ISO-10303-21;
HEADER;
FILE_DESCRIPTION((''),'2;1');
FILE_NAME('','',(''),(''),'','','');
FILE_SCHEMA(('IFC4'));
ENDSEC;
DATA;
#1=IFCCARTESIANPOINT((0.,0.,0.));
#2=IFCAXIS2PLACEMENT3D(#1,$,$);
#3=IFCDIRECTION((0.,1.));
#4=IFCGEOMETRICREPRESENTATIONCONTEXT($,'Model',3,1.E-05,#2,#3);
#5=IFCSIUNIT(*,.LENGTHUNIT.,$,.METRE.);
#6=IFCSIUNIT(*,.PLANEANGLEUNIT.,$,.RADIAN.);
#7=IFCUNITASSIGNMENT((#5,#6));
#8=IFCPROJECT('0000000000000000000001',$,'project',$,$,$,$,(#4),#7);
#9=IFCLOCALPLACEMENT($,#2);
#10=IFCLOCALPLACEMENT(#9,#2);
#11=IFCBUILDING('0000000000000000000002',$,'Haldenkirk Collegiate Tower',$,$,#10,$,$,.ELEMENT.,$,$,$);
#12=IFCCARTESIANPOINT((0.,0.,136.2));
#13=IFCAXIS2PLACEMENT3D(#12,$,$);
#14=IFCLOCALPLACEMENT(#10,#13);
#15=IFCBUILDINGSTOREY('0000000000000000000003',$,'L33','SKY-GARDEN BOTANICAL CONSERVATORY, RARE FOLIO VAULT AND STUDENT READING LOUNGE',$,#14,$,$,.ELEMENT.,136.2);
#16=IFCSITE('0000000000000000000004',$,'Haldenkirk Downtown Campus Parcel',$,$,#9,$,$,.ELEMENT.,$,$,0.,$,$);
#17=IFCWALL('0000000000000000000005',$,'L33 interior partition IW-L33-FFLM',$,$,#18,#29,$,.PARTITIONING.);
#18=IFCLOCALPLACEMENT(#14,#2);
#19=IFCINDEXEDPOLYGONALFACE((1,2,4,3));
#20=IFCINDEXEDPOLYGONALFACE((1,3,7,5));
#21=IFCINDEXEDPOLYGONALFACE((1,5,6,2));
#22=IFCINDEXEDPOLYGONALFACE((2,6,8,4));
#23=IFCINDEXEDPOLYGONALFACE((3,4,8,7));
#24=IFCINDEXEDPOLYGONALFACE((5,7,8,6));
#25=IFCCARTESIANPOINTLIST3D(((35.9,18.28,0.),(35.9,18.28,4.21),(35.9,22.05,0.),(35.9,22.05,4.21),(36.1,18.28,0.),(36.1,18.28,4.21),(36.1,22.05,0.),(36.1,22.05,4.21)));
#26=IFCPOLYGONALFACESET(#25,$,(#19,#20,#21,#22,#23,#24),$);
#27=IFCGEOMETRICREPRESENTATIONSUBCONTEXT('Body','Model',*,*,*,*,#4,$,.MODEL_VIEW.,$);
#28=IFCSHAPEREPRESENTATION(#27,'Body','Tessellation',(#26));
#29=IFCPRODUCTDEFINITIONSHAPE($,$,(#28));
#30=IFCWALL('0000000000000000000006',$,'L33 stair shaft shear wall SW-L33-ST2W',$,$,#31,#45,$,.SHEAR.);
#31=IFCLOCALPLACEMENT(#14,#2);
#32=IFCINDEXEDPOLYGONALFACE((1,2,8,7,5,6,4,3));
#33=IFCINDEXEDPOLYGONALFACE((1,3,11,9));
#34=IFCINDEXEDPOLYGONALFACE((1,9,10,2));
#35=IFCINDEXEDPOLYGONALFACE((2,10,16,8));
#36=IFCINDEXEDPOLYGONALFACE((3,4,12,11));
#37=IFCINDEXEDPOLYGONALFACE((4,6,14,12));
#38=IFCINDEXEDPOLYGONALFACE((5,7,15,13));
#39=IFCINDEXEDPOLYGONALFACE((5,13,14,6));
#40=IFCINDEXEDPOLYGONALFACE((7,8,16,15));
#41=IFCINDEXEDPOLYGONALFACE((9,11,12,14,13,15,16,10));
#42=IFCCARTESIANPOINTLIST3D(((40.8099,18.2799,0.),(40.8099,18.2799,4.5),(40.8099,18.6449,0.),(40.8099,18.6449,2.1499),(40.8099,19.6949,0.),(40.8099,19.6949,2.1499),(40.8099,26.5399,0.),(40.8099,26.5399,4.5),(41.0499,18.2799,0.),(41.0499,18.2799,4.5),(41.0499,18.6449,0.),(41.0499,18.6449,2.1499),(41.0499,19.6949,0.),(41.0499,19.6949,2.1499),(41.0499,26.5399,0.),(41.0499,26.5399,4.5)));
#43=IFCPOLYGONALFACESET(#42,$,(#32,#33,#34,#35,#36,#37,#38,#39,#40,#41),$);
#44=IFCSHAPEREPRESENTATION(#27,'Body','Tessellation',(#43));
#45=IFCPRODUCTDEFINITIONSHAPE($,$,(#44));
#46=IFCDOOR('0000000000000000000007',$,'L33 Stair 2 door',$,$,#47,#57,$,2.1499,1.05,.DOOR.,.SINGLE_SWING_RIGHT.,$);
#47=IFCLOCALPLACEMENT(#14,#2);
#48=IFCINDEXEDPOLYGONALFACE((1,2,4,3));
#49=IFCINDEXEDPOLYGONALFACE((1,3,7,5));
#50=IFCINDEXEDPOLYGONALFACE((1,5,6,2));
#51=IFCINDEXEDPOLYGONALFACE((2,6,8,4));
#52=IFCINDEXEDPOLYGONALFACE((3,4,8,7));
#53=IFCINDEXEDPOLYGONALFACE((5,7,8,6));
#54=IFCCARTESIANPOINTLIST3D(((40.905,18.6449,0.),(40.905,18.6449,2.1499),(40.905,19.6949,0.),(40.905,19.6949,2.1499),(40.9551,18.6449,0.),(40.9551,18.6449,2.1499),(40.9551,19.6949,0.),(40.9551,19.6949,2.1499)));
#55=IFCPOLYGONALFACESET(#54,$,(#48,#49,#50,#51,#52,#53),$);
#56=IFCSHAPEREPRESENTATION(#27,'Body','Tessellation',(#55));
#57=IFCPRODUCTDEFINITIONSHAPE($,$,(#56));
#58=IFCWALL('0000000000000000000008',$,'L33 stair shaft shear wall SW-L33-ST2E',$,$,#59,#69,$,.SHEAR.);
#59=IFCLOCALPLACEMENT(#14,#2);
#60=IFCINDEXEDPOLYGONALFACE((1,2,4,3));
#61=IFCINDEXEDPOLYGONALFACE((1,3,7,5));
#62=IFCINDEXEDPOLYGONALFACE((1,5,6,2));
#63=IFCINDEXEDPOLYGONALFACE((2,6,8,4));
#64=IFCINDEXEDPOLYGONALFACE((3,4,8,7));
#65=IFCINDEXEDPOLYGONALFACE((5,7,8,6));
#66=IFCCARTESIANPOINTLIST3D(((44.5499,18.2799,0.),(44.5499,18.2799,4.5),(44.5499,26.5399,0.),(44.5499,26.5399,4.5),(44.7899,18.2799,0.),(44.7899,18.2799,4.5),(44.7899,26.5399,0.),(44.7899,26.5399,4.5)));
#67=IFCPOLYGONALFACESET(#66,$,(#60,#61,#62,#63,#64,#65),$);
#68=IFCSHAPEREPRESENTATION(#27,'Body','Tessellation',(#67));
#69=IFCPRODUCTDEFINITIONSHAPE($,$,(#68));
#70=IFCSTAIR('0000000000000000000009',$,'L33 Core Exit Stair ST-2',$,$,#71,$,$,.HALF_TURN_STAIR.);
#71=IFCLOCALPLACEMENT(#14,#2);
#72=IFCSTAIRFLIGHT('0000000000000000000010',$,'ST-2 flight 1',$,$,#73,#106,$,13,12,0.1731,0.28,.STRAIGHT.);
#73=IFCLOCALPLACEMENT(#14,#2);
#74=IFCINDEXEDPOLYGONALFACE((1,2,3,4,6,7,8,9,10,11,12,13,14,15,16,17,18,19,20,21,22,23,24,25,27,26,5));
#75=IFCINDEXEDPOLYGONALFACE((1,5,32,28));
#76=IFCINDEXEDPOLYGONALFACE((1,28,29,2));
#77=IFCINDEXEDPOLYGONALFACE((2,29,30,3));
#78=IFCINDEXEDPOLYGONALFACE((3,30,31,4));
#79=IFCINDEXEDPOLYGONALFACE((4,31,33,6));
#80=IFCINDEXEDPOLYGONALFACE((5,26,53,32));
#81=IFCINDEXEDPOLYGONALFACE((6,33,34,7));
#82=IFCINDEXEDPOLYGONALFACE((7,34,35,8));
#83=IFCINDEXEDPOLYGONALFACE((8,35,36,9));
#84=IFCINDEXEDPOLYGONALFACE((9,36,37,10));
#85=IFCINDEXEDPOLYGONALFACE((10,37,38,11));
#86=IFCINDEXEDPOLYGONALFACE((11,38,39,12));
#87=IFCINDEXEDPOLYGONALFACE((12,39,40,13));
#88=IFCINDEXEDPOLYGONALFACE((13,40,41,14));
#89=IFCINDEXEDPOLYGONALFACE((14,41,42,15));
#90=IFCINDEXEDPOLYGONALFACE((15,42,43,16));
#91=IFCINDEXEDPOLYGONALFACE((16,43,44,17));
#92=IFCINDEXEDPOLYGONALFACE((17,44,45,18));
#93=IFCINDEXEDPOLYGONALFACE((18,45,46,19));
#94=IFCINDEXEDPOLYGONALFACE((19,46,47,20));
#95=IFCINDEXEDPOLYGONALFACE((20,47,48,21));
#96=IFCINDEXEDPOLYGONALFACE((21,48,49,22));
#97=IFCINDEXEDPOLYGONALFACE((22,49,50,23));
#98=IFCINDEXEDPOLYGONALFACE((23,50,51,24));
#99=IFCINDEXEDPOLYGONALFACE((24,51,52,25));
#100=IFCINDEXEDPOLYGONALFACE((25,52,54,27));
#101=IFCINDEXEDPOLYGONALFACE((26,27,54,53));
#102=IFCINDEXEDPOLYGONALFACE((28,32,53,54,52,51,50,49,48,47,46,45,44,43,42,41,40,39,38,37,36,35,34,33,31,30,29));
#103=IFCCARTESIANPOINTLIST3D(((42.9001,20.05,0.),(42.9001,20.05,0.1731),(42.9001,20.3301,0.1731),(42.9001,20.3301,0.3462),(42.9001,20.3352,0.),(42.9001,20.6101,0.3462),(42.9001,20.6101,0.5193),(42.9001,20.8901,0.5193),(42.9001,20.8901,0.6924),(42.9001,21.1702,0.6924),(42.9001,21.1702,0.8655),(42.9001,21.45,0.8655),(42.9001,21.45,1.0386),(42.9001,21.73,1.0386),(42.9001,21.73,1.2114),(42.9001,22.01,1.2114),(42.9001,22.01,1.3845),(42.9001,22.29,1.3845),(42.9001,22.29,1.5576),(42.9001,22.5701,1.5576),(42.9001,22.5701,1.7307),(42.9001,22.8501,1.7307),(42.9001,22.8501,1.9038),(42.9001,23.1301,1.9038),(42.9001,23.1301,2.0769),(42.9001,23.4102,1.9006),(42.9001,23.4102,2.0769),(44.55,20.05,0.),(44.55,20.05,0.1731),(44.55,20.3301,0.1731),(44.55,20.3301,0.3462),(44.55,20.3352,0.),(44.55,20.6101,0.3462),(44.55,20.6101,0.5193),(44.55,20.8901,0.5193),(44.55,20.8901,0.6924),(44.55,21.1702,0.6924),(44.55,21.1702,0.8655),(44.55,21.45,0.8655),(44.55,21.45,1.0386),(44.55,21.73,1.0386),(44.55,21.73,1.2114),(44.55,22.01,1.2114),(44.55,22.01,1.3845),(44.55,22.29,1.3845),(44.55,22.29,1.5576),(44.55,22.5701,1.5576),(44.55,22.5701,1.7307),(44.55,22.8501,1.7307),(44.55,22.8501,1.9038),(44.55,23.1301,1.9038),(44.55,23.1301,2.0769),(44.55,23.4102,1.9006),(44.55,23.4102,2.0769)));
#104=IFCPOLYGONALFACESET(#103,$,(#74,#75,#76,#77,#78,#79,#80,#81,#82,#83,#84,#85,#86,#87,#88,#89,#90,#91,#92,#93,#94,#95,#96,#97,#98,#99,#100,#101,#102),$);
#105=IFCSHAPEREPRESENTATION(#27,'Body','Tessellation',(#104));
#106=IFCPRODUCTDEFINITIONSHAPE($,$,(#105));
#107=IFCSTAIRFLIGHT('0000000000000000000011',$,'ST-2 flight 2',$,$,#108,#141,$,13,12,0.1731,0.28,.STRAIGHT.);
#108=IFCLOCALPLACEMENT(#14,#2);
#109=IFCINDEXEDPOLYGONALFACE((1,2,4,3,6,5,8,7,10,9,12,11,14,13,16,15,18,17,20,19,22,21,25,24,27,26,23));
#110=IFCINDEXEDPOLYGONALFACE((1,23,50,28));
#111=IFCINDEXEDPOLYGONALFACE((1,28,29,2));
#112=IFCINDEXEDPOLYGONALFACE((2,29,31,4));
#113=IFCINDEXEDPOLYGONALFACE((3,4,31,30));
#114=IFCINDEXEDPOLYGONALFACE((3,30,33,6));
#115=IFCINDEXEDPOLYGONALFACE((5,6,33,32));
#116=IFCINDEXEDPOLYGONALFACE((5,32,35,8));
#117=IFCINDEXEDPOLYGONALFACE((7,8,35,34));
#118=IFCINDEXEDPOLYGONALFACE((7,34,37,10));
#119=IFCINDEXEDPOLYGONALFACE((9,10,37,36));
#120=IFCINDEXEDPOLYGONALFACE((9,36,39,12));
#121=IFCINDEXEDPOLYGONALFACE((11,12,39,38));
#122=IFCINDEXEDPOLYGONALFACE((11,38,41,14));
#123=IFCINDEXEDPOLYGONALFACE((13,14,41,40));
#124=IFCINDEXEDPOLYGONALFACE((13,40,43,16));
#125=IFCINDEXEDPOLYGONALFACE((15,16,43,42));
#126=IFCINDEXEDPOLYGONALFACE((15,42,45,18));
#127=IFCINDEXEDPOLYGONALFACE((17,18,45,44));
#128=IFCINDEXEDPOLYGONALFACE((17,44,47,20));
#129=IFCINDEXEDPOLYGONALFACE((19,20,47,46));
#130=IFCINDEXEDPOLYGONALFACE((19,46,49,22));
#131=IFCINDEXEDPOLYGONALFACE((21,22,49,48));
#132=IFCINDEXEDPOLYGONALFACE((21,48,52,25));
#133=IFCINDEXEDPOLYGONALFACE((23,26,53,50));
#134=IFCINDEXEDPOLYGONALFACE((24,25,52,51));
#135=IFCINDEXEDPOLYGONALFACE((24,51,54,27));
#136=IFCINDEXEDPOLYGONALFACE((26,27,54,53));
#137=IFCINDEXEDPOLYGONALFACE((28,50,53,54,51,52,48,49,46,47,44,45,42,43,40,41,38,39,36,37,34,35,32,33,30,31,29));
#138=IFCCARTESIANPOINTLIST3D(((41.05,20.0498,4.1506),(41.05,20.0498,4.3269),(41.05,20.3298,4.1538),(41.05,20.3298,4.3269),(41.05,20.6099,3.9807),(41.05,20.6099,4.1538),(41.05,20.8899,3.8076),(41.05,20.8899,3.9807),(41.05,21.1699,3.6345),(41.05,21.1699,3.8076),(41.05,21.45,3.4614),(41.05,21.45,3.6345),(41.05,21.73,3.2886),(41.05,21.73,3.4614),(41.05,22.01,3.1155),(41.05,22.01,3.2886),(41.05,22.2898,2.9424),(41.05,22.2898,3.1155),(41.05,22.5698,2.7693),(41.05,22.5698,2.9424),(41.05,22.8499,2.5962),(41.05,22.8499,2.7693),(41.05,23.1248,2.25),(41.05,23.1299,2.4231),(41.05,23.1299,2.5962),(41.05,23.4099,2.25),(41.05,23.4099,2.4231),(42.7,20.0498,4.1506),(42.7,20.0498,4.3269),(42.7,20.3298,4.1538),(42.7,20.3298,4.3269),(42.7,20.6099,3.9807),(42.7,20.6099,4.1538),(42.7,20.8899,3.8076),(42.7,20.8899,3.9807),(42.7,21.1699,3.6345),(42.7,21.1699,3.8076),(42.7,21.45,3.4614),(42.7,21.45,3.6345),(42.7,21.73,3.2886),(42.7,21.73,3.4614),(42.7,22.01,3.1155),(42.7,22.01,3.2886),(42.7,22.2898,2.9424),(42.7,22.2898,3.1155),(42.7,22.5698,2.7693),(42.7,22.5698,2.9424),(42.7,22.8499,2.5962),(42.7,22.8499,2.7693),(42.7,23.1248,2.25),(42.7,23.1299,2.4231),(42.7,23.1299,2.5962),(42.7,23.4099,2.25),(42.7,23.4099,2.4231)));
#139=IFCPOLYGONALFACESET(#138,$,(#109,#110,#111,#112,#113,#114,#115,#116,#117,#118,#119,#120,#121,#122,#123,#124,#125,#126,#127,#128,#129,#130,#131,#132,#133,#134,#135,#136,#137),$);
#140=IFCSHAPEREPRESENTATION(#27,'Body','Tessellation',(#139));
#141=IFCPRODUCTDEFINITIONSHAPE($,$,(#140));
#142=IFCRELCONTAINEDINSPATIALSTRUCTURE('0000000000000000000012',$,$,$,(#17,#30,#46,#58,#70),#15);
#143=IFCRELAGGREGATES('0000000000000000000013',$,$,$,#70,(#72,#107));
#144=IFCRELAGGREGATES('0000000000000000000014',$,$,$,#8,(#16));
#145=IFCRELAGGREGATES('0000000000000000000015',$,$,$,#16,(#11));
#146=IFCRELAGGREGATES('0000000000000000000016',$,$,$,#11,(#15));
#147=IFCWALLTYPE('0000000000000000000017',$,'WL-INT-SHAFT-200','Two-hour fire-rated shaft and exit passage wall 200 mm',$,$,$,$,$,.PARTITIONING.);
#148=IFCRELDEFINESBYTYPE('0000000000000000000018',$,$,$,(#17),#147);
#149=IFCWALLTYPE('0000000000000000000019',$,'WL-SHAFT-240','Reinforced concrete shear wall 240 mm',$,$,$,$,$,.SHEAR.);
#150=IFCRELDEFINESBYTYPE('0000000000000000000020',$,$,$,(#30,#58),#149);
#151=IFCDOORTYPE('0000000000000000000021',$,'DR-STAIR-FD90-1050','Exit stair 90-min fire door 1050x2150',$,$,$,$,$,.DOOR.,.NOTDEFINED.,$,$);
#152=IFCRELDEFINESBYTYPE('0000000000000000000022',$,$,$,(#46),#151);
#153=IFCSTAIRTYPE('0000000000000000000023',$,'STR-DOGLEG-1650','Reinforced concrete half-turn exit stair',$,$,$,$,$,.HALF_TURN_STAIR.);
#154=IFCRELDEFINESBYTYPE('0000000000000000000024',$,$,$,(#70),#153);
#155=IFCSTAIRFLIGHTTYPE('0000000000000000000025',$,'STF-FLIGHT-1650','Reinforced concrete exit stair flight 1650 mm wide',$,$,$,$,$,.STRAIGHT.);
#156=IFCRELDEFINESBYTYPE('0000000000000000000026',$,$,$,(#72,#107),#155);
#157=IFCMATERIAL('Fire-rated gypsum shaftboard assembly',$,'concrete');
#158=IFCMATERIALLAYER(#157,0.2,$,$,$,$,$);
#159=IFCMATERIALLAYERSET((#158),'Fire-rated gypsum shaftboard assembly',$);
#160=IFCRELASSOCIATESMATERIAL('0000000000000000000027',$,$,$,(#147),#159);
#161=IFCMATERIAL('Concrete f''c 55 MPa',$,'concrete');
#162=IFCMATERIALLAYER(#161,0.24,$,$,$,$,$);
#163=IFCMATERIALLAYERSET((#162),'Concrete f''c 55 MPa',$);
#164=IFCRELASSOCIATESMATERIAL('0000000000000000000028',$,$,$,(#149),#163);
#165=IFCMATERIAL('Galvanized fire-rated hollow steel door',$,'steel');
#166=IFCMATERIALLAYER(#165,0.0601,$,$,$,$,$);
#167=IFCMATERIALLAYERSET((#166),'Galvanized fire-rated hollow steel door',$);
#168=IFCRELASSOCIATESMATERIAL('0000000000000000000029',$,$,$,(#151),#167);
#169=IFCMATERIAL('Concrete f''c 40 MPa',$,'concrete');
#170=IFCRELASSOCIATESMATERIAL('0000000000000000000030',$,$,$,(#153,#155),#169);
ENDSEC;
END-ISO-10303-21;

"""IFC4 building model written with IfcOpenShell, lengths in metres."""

from ifc_helpers import new_model, si_unit, direction, frame, frame_2d, origin, place, context, subcontext, project, spatial, polyline, rectangle, outline, extrude, material, layer, layer_set, type_object, element, fill, aggregate, save


model = new_model("IFC4")

# Units and contexts
model_context = context("Model", 3, precision=1e-05, world=origin(), true_north=direction((0.0, 1.0)))
body_context = subcontext(model_context, "Body", "Model", "MODEL_VIEW")
ifc_project = project(units=[si_unit("LENGTHUNIT", "METRE"), si_unit("PLANEANGLEUNIT", "RADIAN")], contexts=[model_context])

# Site, building, storey
site_placement = place(None, origin())
site = spatial("IfcSite", under=ifc_project, at=site_placement, Name="Haldenkirk Downtown Campus Parcel", CompositionType="ELEMENT", RefElevation=0.0)
building_placement = place(site_placement, origin())
building = spatial("IfcBuilding", under=site, at=building_placement, Name="Haldenkirk Collegiate Tower", CompositionType="ELEMENT")
storey_placement = place(building_placement, frame((0.0, 0.0, 136.2)))
storey = spatial("IfcBuildingStorey", under=building, at=storey_placement, Name="L33", Description="SKY-GARDEN BOTANICAL CONSERVATORY, RARE FOLIO VAULT AND STUDENT READING LOUNGE", CompositionType="ELEMENT", Elevation=136.2)

# Shared definitions
ifc_material_1 = material(Name="Concrete f'c 55 MPa", Category="concrete")
ifc_material_2 = material(Name="Galvanized fire-rated hollow steel door", Category="steel")

# Wall
ifc_material_3 = material(Name="Fire-rated gypsum shaftboard assembly", Category="concrete")
ifc_layer_1 = layer(ifc_material_3, 0.2)
ifc_layer_set_1 = layer_set([ifc_layer_1], Name="Fire-rated gypsum shaftboard assembly")
wall_type_1 = type_object("IfcWallType", Name="WL-INT-SHAFT-200", Description="Two-hour fire-rated shaft and exit passage wall 200 mm", PredefinedType="PARTITIONING", material=ifc_layer_set_1)
wall_1_placement = place(storey_placement, frame((36.0, 18.28, 0.0), z_axis=(0.0, 0.0, 1.0), x_axis=(0.0, 1.0, 0.0)))
element("IfcWall", 1, at=wall_1_placement, inside=storey, type_object=wall_type_1, Name="L33 interior partition IW-L33-FFLM", PredefinedType="PARTITIONING", context=body_context, shape_type="SweptSolid", body=[
    extrude(rectangle(XDim=3.77, YDim=0.2, at=frame_2d((1.885, 0.0))), origin(), (0.0, 0.0, 1.0), 4.21),
])

# Wall, opening, door
ifc_layer_2 = layer(ifc_material_1, 0.24)
ifc_layer_set_2 = layer_set([ifc_layer_2], Name="Concrete f'c 55 MPa")
wall_type_2 = type_object("IfcWallType", Name="WL-SHAFT-240", Description="Reinforced concrete shear wall 240 mm", PredefinedType="SHEAR", material=ifc_layer_set_2)
wall_2_placement = place(storey_placement, frame((40.9299, 18.28, 0.0), z_axis=(0.0, 0.0, 1.0), x_axis=(0.0, 1.0, 0.0)))
wall_2 = element("IfcWall", 2, at=wall_2_placement, inside=storey, type_object=wall_type_2, Name="L33 stair shaft shear wall SW-L33-ST2W", PredefinedType="SHEAR", context=body_context, shape_type="SweptSolid", body=[
    extrude(rectangle(XDim=8.26, YDim=0.24, at=frame_2d((4.1299, 0.0))), origin(), (0.0, 0.0, 1.0), 4.5),
])
opening_1_placement = place(wall_2_placement, frame((0.365, 0.0, 0.0)))
opening_1 = element("IfcOpeningElement", 3, at=opening_1_placement, cuts=wall_2, PredefinedType="OPENING", context=body_context, shape_type="SweptSolid", body=[
    extrude(rectangle(XDim=1.05, YDim=2.1499, at=frame_2d((0.5249, 1.075))), frame((0.0, 0.1299, 0.0), z_axis=(0.0, -1.0, 0.0), x_axis=(1.0, 0.0, 0.0)), (0.0, 0.0, 1.0), 0.26),
])
ifc_layer_3 = layer(ifc_material_2, 0.0601)
ifc_layer_set_3 = layer_set([ifc_layer_3], Name="Galvanized fire-rated hollow steel door")
door_type_1 = type_object("IfcDoorType", Name="DR-STAIR-FD90-1050", Description="Exit stair 90-min fire door 1050x2150", OperationType="NOTDEFINED", PredefinedType="DOOR", material=ifc_layer_set_3)
door_1_placement = place(opening_1_placement, origin())
door_1 = element("IfcDoor", 4, at=door_1_placement, inside=storey, type_object=door_type_1, Name="L33 Stair 2 door", OperationType="SINGLE_SWING_RIGHT", OverallHeight=2.1499, OverallWidth=1.05, PredefinedType="DOOR", context=body_context, shape_type="SweptSolid", body=[
    extrude(rectangle(XDim=1.05, YDim=2.1499, at=frame_2d((0.5249, 1.075))), frame((0.0, 0.0249, 0.0), z_axis=(0.0, -1.0, 0.0), x_axis=(1.0, 0.0, 0.0)), (0.0, 0.0, 1.0), 0.05),
])
fill(opening_1, door_1)

# Wall
wall_3_placement = place(storey_placement, frame((44.6699, 18.28, 0.0), z_axis=(0.0, 0.0, 1.0), x_axis=(0.0, 1.0, 0.0)))
element("IfcWall", 5, at=wall_3_placement, inside=storey, type_object=wall_type_2, Name="L33 stair shaft shear wall SW-L33-ST2E", PredefinedType="SHEAR", context=body_context, shape_type="SweptSolid", body=[
    extrude(rectangle(XDim=8.26, YDim=0.24, at=frame_2d((4.1299, 0.0))), origin(), (0.0, 0.0, 1.0), 4.5),
])

# Stair, stair flights
ifc_material_4 = material(Name="Concrete f'c 40 MPa", Category="concrete")
stair_type = type_object("IfcStairType", Name="STR-DOGLEG-1650", Description="Reinforced concrete half-turn exit stair", PredefinedType="HALF_TURN_STAIR", material=ifc_material_4)
stair_placement = place(storey_placement, origin())
stair = element("IfcStair", 6, at=stair_placement, inside=storey, type_object=stair_type, Name="L33 Core Exit Stair ST-2", PredefinedType="HALF_TURN_STAIR")
stair_flight_type = type_object("IfcStairFlightType", Name="STF-FLIGHT-1650", Description="Reinforced concrete exit stair flight 1650 mm wide", PredefinedType="STRAIGHT", material=ifc_material_4)
stair_flight_1_placement = place(storey_placement, frame((43.7251, 20.05, 0.0), z_axis=(0.0, 0.0, 1.0), x_axis=(0.0, 1.0, 0.0)))
stair_flight_1 = element("IfcStairFlight", 7, at=stair_flight_1_placement, type_object=stair_flight_type, Name="ST-2 flight 1", NumberOfRisers=13, NumberOfTreads=12, PredefinedType="STRAIGHT", RiserHeight=0.1731, TreadLength=0.28, context=body_context, shape_type="SweptSolid", body=[
    extrude(outline(polyline([(0.0, 0.0), (0.0, 0.1731), (0.28, 0.1731), (0.28, 0.3462), (0.5601, 0.3462), (0.5601, 0.5193), (0.8401, 0.5193), (0.8401, 0.6924), (1.1201, 0.6924), (1.1201, 0.8655), (1.3999, 0.8655), (1.3999, 1.0386), (1.6799, 1.0386), (1.6799, 1.2114), (1.96, 1.2114), (1.96, 1.3845), (2.24, 1.3845), (2.24, 1.5576), (2.52, 1.5576), (2.52, 1.7307), (2.8, 1.7307), (2.8, 1.9038), (3.0801, 1.9038), (3.0801, 2.0769), (3.3601, 2.0769), (3.3601, 2.25), (3.3601, 1.9006), (0.2852, 0.0), (0.0, 0.0)])), frame((0.0, 0.825, 0.0), z_axis=(0.0, -1.0, 0.0), x_axis=(1.0, 0.0, 0.0)), (0.0, 0.0, 1.0), 1.6499),
])
stair_flight_2_placement = place(storey_placement, frame((41.875, 23.4099, 2.25), z_axis=(0.0, 0.0, 1.0), x_axis=(0.0, -1.0, 0.0)))
stair_flight_2 = element("IfcStairFlight", 8, at=stair_flight_2_placement, type_object=stair_flight_type, Name="ST-2 flight 2", NumberOfRisers=13, NumberOfTreads=12, PredefinedType="STRAIGHT", RiserHeight=0.1731, TreadLength=0.28, context=body_context, shape_type="SweptSolid", body=[
    extrude(outline(polyline([(0.0, 0.0), (0.0, 0.1731), (0.28, 0.1731), (0.28, 0.3462), (0.5601, 0.3462), (0.5601, 0.5193), (0.8401, 0.5193), (0.8401, 0.6924), (1.1201, 0.6924), (1.1201, 0.8655), (1.3999, 0.8655), (1.3999, 1.0386), (1.6799, 1.0386), (1.6799, 1.2114), (1.96, 1.2114), (1.96, 1.3845), (2.24, 1.3845), (2.24, 1.5576), (2.52, 1.5576), (2.52, 1.7307), (2.8, 1.7307), (2.8, 1.9038), (3.0801, 1.9038), (3.0801, 2.0769), (3.3601, 2.0769), (3.3601, 2.25), (3.3601, 1.9006), (0.2852, 0.0), (0.0, 0.0)])), frame((0.0, 0.825, 0.0), z_axis=(0.0, -1.0, 0.0), x_axis=(1.0, 0.0, 0.0)), (0.0, 0.0, 1.0), 1.6499),
])
aggregate(stair, [stair_flight_1, stair_flight_2])

save(model, "model.ifc")
